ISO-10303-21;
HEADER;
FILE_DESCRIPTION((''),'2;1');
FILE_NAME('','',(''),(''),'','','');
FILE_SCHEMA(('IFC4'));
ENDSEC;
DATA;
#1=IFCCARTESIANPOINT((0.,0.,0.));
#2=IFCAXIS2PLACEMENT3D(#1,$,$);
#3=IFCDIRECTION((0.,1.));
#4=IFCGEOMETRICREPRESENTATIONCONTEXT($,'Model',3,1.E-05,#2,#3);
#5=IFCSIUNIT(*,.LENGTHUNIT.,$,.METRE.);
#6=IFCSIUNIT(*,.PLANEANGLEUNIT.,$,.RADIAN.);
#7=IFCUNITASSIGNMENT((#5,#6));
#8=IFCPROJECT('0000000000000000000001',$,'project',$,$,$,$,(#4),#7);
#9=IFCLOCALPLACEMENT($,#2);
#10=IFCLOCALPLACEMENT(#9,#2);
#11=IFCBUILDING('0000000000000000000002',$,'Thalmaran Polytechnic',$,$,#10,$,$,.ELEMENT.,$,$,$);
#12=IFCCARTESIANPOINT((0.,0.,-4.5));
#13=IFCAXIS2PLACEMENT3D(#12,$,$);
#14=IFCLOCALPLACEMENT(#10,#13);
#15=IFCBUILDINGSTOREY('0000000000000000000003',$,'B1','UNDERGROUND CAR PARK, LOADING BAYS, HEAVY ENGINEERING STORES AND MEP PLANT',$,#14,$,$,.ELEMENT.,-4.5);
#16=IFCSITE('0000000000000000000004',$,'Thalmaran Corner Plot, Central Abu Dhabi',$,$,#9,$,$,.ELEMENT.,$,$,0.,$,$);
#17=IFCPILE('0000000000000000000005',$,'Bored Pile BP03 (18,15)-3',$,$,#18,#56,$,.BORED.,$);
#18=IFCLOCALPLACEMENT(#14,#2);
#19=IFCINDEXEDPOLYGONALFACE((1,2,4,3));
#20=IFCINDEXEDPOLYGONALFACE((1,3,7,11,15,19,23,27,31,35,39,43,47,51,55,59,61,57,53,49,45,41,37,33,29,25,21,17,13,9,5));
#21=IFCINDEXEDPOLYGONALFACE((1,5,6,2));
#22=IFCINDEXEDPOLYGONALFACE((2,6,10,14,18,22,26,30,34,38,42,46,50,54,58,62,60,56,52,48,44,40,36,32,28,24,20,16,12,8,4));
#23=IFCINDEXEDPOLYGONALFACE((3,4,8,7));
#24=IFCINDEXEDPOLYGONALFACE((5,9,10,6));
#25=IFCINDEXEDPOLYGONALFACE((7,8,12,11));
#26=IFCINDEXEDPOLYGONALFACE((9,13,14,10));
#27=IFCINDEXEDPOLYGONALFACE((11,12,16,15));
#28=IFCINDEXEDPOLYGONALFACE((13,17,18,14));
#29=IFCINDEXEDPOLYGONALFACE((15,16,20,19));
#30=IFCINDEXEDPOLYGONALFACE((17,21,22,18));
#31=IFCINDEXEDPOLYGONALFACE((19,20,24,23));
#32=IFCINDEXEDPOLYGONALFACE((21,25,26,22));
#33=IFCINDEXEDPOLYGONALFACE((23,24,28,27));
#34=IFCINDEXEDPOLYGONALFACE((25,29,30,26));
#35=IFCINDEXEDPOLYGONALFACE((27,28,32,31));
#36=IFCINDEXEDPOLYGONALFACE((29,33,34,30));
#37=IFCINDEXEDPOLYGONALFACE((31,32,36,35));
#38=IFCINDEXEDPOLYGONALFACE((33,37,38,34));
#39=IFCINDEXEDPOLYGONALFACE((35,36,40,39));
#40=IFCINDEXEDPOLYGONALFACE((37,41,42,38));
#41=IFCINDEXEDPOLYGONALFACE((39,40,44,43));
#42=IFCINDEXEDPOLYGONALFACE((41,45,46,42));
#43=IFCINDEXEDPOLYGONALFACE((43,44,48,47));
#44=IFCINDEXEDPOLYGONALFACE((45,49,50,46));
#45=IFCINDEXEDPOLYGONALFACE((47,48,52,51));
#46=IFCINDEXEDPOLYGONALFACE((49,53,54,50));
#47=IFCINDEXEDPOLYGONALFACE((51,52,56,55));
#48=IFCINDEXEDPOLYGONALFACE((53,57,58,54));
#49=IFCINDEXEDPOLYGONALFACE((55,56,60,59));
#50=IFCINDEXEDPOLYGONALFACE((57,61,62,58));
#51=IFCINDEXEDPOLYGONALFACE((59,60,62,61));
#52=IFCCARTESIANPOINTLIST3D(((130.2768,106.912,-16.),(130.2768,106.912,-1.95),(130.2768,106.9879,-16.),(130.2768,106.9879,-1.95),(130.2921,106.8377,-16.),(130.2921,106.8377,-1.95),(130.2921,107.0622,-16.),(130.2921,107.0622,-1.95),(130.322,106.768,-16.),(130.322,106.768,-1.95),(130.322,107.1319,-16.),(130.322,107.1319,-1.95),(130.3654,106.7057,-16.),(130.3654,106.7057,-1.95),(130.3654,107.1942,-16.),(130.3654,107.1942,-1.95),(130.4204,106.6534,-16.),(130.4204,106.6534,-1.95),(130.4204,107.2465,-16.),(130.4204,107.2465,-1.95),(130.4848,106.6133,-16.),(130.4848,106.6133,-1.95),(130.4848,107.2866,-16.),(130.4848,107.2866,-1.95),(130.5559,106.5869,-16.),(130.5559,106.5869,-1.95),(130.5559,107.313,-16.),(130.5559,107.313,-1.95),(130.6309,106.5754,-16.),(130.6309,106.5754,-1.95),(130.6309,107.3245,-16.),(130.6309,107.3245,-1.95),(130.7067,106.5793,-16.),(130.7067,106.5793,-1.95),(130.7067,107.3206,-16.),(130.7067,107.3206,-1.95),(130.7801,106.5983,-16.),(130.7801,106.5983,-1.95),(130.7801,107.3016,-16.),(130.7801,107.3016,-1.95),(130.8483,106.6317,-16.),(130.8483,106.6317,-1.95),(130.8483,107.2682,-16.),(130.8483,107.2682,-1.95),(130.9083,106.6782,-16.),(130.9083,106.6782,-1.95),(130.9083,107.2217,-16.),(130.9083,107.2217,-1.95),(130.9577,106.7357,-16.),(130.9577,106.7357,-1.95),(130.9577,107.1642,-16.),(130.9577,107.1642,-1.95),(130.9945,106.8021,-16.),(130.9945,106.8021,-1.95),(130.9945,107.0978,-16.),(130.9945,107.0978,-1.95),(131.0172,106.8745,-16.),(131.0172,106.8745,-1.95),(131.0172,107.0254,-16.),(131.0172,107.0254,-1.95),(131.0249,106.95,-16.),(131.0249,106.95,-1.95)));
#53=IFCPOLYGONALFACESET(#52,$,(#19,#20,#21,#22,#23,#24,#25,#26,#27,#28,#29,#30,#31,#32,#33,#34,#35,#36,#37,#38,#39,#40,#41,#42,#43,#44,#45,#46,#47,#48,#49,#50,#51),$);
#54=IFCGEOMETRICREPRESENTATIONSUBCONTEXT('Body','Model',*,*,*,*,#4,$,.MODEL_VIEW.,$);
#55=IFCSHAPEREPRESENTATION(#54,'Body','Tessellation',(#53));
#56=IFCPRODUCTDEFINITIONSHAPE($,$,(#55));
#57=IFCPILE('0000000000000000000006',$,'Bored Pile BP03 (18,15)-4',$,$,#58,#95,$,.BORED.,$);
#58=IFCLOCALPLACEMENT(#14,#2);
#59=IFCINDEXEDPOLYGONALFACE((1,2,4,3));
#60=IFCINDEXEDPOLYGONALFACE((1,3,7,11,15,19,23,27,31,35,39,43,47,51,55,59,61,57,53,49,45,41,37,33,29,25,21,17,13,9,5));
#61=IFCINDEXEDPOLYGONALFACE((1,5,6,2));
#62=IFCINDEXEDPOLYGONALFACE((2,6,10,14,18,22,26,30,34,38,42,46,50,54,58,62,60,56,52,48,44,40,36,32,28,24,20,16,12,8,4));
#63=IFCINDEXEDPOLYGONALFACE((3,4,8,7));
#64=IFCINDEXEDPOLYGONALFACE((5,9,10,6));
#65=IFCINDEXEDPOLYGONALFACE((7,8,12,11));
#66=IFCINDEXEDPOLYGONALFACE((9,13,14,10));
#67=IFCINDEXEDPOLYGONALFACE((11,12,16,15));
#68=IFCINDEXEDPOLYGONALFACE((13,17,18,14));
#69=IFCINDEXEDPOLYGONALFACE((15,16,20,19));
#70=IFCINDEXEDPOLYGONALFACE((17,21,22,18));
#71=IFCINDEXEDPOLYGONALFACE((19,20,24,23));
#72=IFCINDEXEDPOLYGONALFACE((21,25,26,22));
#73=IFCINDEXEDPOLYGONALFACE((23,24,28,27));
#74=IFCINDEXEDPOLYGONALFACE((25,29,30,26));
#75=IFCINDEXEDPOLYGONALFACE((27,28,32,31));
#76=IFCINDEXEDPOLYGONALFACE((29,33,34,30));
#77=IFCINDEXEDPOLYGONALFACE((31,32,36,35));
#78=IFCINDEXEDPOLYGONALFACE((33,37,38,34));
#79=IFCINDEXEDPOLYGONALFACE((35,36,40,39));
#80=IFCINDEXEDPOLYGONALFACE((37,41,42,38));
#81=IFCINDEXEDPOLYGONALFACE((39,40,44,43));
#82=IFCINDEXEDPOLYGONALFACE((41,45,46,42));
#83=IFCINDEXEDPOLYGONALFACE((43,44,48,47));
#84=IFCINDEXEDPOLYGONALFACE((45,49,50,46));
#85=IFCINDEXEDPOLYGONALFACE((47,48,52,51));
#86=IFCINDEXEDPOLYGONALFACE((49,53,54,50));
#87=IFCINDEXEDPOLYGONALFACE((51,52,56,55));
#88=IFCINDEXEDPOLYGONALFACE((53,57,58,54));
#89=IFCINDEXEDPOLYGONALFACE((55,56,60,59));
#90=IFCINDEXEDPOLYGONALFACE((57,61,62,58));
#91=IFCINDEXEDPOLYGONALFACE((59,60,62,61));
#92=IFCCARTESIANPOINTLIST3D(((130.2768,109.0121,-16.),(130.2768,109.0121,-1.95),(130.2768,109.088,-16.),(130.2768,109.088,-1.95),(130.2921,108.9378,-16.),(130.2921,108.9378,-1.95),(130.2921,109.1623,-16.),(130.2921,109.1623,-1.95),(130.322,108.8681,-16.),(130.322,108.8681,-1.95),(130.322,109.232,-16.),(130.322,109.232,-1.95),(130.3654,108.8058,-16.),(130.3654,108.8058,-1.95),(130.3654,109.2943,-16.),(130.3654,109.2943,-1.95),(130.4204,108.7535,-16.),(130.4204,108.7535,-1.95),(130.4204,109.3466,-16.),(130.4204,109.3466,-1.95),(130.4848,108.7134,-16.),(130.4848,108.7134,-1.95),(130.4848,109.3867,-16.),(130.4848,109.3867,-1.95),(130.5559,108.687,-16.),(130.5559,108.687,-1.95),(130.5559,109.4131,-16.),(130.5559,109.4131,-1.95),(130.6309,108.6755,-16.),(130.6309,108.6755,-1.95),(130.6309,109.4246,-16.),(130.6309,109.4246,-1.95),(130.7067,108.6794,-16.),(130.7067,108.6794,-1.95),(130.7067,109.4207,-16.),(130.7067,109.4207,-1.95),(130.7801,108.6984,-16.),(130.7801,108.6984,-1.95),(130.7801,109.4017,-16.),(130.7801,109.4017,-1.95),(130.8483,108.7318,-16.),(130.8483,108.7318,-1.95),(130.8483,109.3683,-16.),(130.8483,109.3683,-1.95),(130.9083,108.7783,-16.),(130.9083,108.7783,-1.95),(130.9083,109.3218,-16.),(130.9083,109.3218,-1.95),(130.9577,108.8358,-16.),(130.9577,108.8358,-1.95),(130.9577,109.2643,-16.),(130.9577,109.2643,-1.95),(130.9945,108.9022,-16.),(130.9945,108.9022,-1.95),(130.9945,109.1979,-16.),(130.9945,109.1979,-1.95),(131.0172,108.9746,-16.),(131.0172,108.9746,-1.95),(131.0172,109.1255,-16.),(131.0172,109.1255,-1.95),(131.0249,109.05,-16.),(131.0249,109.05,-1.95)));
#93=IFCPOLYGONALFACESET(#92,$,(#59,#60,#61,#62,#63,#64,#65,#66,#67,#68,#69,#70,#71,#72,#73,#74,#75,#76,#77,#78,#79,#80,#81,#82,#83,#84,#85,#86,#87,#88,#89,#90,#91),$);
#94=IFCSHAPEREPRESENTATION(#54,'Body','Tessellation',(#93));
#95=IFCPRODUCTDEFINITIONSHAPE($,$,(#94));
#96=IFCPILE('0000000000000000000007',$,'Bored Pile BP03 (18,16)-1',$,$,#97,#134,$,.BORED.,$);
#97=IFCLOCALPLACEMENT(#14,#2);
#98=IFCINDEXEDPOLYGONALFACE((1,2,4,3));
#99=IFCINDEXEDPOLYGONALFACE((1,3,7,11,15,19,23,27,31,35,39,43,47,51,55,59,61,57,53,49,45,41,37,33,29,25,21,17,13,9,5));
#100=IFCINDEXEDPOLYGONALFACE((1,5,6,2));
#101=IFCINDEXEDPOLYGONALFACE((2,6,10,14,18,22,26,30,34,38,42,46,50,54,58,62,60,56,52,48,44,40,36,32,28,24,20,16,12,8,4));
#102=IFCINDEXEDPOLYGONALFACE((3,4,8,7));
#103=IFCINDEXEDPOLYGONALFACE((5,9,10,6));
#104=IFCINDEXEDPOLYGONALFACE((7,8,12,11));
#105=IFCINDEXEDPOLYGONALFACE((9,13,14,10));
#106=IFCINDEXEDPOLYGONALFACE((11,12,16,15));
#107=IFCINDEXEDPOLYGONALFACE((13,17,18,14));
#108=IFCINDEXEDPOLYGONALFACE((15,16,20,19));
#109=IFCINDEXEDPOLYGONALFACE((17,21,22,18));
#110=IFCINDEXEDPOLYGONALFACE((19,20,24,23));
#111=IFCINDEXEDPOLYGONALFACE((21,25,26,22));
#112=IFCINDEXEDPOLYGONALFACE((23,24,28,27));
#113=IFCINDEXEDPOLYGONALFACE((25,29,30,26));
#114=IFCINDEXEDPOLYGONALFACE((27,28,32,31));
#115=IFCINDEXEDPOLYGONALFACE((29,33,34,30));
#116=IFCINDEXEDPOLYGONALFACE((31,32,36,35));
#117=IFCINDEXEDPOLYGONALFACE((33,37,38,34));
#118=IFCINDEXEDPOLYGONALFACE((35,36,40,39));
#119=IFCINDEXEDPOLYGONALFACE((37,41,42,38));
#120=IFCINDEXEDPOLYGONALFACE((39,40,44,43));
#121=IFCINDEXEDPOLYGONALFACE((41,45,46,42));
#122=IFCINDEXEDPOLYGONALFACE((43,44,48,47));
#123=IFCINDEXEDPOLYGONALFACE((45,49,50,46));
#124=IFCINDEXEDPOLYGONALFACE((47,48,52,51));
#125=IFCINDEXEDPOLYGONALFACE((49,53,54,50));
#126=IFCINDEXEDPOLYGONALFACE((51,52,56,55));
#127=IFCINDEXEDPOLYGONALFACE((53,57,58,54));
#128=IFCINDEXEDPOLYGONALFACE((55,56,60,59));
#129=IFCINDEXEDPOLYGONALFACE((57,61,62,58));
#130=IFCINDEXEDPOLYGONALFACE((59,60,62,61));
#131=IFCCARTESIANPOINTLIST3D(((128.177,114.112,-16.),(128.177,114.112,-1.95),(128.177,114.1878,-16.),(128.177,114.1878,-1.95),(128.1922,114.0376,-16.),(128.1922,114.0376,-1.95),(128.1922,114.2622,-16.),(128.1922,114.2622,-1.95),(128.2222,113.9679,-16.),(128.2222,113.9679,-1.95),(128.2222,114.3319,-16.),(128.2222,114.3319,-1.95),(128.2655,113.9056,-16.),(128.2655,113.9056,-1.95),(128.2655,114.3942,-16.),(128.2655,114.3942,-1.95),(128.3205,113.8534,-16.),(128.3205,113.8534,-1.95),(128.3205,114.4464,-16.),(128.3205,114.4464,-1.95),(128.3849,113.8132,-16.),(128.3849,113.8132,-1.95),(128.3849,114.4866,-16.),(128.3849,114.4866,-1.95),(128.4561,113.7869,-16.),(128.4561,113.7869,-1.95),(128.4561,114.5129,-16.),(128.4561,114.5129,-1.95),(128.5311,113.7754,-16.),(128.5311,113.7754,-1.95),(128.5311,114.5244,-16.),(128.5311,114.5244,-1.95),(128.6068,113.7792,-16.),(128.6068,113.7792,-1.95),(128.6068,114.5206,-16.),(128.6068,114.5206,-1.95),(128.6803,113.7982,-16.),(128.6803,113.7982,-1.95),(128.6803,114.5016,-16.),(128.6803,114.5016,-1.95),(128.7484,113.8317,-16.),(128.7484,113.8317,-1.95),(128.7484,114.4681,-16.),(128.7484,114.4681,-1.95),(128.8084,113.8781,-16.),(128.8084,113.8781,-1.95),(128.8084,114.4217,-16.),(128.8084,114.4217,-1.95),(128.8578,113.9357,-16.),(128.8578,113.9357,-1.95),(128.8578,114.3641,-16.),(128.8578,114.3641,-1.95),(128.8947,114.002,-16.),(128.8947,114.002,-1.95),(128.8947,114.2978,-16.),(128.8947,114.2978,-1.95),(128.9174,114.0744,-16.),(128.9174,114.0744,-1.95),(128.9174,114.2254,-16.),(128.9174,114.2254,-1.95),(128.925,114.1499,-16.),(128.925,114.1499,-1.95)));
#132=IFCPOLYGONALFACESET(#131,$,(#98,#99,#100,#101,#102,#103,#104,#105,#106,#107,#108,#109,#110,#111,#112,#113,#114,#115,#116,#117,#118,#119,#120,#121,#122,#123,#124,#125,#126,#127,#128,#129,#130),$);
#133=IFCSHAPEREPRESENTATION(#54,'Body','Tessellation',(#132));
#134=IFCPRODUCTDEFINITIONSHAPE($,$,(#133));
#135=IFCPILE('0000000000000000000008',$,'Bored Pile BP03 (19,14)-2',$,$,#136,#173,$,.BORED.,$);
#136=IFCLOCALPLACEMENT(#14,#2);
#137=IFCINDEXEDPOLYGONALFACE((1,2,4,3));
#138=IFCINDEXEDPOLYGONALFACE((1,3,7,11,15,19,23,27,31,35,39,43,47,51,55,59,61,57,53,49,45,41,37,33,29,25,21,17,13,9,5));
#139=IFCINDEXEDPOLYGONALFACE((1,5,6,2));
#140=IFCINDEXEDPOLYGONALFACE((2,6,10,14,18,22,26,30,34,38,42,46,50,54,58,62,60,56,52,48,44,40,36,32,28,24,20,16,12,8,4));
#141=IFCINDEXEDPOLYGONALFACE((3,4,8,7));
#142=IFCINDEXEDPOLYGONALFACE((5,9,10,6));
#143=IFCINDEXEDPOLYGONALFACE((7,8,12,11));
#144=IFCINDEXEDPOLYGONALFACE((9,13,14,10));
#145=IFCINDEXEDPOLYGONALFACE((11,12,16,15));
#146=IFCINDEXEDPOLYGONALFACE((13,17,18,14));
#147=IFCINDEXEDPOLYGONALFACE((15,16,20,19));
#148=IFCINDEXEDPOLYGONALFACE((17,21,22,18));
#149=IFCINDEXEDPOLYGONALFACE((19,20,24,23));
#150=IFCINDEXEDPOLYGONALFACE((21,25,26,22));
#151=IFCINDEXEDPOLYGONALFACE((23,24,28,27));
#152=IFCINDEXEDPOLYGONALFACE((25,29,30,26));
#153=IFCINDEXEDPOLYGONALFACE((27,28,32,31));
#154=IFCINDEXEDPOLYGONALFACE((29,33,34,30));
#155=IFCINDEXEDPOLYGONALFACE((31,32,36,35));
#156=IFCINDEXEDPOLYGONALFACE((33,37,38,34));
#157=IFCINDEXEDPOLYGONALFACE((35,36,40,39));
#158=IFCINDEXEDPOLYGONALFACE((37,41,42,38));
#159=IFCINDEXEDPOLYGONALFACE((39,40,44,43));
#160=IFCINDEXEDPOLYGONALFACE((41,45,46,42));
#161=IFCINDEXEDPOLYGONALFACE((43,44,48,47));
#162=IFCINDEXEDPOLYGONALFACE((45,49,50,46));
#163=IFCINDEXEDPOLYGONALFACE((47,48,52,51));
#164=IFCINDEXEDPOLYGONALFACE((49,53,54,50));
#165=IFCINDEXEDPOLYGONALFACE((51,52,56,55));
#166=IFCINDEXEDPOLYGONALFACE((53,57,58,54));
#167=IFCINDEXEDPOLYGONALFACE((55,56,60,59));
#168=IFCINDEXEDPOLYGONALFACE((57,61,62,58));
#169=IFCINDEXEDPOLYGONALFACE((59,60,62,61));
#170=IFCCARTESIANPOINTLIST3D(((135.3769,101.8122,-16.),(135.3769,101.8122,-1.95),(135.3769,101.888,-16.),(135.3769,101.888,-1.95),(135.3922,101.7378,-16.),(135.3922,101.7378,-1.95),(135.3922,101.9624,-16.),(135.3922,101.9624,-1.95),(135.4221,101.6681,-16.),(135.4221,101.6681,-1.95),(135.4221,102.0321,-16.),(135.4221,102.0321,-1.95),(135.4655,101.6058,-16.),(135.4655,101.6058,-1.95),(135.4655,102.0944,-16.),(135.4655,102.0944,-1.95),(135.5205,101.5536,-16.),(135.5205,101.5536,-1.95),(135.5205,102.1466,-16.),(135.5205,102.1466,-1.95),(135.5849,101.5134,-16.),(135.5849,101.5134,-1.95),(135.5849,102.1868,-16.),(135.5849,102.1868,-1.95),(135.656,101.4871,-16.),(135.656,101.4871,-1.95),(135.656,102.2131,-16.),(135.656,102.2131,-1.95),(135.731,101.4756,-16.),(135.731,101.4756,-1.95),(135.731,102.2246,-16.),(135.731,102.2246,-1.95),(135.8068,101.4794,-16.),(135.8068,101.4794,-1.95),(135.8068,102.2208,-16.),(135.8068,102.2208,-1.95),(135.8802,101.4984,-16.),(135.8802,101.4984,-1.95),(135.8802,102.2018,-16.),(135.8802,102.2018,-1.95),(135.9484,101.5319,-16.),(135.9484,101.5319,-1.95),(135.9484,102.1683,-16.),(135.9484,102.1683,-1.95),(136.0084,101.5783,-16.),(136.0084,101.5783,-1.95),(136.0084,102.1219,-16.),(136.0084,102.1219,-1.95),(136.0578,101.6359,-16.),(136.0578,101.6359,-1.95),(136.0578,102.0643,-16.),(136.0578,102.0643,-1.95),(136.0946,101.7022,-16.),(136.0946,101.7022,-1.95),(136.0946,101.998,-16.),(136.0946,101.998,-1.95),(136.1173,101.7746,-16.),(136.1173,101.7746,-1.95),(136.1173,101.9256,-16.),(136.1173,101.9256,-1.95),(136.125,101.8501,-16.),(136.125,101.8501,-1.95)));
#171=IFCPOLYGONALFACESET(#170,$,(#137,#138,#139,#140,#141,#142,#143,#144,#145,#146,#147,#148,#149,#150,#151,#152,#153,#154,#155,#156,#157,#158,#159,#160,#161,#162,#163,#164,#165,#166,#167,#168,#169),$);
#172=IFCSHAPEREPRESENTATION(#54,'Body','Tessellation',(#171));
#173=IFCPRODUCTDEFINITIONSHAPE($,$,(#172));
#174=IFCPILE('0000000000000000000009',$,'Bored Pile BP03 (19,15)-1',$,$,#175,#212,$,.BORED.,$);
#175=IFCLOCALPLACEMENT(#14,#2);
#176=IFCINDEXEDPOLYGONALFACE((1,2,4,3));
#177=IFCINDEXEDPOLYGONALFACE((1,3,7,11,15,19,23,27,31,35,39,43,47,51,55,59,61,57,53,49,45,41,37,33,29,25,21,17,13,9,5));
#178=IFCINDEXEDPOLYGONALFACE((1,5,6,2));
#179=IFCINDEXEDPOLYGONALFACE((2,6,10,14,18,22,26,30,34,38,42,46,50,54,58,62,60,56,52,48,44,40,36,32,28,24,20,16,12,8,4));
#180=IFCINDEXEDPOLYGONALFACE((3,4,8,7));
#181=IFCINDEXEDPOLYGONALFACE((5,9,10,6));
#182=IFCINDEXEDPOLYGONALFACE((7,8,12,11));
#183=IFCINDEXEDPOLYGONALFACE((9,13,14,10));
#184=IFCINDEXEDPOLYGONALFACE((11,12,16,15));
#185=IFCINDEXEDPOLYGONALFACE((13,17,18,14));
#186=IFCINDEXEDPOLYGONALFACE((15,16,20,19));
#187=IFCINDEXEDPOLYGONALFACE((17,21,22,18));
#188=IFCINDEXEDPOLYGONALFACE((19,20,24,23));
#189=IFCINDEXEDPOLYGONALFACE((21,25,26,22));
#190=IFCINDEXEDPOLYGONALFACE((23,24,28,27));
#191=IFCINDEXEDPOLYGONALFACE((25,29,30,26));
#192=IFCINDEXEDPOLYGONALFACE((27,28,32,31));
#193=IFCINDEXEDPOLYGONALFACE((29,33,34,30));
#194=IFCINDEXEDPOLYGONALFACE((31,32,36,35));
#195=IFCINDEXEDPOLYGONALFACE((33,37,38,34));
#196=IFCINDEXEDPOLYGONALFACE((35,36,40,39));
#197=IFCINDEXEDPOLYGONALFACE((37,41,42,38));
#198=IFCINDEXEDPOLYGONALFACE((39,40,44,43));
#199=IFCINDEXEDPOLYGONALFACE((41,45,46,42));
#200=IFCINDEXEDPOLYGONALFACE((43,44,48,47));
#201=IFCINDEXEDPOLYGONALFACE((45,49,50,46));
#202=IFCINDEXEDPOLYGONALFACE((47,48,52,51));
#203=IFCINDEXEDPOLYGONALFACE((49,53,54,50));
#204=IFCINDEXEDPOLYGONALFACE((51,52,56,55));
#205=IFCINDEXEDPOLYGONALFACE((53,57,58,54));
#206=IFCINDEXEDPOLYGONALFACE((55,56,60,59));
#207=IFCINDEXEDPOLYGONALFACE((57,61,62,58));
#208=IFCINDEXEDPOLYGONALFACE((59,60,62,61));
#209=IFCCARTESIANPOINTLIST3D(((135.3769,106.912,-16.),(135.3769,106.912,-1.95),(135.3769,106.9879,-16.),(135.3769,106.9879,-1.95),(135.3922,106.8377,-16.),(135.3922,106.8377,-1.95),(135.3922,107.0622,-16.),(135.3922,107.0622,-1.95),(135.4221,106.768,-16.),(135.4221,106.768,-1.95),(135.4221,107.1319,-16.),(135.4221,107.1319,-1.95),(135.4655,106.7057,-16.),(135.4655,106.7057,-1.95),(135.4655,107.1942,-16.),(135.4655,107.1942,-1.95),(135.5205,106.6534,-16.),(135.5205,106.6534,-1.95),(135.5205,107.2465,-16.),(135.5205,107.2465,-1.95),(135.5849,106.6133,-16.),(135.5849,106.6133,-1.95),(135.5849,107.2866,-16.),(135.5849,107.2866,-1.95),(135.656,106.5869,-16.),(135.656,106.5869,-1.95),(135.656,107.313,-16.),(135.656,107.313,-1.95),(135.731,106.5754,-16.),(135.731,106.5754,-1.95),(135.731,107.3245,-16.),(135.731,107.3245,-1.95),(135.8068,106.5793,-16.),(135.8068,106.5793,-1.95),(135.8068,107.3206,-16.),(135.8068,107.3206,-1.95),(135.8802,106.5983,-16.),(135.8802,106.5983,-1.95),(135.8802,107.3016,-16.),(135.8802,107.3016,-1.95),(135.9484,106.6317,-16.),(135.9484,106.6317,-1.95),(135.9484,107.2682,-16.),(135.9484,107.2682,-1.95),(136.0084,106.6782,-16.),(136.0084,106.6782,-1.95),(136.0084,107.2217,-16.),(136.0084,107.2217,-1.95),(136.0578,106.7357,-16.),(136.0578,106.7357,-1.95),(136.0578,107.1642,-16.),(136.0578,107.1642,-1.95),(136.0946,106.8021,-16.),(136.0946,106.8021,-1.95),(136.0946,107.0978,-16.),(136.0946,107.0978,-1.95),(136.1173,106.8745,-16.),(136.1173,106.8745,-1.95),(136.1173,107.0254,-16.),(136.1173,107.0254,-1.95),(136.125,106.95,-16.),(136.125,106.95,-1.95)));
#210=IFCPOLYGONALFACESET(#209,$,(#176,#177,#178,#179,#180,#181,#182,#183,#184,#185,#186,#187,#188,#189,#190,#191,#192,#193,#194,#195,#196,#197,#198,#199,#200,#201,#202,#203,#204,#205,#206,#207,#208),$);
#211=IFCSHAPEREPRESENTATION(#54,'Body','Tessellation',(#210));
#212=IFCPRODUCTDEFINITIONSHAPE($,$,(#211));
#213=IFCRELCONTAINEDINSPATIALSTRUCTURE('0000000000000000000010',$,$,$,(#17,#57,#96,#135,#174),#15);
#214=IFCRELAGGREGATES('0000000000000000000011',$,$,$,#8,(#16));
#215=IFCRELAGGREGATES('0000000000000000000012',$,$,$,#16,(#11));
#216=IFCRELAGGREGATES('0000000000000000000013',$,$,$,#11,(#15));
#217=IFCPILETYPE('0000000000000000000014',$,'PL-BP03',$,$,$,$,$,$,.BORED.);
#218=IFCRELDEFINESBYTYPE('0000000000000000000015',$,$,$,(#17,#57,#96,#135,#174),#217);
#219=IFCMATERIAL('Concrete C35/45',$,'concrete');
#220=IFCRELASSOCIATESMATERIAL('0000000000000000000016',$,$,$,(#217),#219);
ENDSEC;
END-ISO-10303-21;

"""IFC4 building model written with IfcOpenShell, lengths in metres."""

from ifc_helpers import new_model, si_unit, direction, frame, origin, origin_2d, place, context, subcontext, project, spatial, circle, extrude, material, material_profile, profile_set, type_object, element, save


model = new_model("IFC4")

# Units and contexts
model_context = context("Model", 3, precision=1e-05, world=origin(), true_north=direction((0.0, 1.0)))
body_context = subcontext(model_context, "Body", "Model", "MODEL_VIEW")
ifc_project = project(units=[si_unit("LENGTHUNIT", "METRE"), si_unit("PLANEANGLEUNIT", "RADIAN")], contexts=[model_context])

# Site, building, storey
site_placement = place(None, origin())
site = spatial("IfcSite", under=ifc_project, at=site_placement, Name="Thalmaran Corner Plot, Central Abu Dhabi", CompositionType="ELEMENT", RefElevation=0.0)
building_placement = place(site_placement, origin())
building = spatial("IfcBuilding", under=site, at=building_placement, Name="Thalmaran Polytechnic", CompositionType="ELEMENT")
storey_placement = place(building_placement, frame((0.0, 0.0, -4.5)))
storey = spatial("IfcBuildingStorey", under=building, at=storey_placement, Name="B1", Description="UNDERGROUND CAR PARK, LOADING BAYS, HEAVY ENGINEERING STORES AND MEP PLANT", CompositionType="ELEMENT", Elevation=-4.5)

# Piles
ifc_material_1 = material(Name="Concrete C35/45", Category="concrete")
ifc_material_profile_1 = material_profile(ifc_material_1, circle(Radius=0.375, at=origin_2d()), Name="RC 750 DIA")
ifc_profile_set_1 = profile_set([ifc_material_profile_1], Name="Concrete C35/45")
pile_type = type_object("IfcPileType", Name="PL-BP03", PredefinedType="BORED", material=ifc_profile_set_1)
for number, where, z_axis, x_axis, name in (
    (1, (130.6499, 106.95, -1.95), (0.0, 0.0, -1.0), (1.0, 0.0, 0.0), "Bored Pile BP03 (18,15)-3"),
    (2, (130.6499, 109.05, -1.95), (0.0, 0.0, -1.0), (1.0, 0.0, 0.0), "Bored Pile BP03 (18,15)-4"),
    (3, (128.55, 114.1499, -1.95), (0.0, 0.0, -1.0), (1.0, 0.0, 0.0), "Bored Pile BP03 (18,16)-1"),
    (4, (135.75, 101.8501, -1.95), (0.0, 0.0, -1.0), (1.0, 0.0, 0.0), "Bored Pile BP03 (19,14)-2"),
    (5, (135.75, 106.95, -1.95), (0.0, 0.0, -1.0), (1.0, 0.0, 0.0), "Bored Pile BP03 (19,15)-1"),
):
    element("IfcPile", number, at=place(storey_placement, frame(where, z_axis=z_axis, x_axis=x_axis)), inside=storey, type_object=pile_type, Name=name, PredefinedType="BORED", context=body_context, shape_type="SweptSolid", body=[
        extrude(circle(Radius=0.375, at=origin_2d()), origin(), (0.0, 0.0, 1.0), 14.05),
    ])

save(model, "model.ifc")
